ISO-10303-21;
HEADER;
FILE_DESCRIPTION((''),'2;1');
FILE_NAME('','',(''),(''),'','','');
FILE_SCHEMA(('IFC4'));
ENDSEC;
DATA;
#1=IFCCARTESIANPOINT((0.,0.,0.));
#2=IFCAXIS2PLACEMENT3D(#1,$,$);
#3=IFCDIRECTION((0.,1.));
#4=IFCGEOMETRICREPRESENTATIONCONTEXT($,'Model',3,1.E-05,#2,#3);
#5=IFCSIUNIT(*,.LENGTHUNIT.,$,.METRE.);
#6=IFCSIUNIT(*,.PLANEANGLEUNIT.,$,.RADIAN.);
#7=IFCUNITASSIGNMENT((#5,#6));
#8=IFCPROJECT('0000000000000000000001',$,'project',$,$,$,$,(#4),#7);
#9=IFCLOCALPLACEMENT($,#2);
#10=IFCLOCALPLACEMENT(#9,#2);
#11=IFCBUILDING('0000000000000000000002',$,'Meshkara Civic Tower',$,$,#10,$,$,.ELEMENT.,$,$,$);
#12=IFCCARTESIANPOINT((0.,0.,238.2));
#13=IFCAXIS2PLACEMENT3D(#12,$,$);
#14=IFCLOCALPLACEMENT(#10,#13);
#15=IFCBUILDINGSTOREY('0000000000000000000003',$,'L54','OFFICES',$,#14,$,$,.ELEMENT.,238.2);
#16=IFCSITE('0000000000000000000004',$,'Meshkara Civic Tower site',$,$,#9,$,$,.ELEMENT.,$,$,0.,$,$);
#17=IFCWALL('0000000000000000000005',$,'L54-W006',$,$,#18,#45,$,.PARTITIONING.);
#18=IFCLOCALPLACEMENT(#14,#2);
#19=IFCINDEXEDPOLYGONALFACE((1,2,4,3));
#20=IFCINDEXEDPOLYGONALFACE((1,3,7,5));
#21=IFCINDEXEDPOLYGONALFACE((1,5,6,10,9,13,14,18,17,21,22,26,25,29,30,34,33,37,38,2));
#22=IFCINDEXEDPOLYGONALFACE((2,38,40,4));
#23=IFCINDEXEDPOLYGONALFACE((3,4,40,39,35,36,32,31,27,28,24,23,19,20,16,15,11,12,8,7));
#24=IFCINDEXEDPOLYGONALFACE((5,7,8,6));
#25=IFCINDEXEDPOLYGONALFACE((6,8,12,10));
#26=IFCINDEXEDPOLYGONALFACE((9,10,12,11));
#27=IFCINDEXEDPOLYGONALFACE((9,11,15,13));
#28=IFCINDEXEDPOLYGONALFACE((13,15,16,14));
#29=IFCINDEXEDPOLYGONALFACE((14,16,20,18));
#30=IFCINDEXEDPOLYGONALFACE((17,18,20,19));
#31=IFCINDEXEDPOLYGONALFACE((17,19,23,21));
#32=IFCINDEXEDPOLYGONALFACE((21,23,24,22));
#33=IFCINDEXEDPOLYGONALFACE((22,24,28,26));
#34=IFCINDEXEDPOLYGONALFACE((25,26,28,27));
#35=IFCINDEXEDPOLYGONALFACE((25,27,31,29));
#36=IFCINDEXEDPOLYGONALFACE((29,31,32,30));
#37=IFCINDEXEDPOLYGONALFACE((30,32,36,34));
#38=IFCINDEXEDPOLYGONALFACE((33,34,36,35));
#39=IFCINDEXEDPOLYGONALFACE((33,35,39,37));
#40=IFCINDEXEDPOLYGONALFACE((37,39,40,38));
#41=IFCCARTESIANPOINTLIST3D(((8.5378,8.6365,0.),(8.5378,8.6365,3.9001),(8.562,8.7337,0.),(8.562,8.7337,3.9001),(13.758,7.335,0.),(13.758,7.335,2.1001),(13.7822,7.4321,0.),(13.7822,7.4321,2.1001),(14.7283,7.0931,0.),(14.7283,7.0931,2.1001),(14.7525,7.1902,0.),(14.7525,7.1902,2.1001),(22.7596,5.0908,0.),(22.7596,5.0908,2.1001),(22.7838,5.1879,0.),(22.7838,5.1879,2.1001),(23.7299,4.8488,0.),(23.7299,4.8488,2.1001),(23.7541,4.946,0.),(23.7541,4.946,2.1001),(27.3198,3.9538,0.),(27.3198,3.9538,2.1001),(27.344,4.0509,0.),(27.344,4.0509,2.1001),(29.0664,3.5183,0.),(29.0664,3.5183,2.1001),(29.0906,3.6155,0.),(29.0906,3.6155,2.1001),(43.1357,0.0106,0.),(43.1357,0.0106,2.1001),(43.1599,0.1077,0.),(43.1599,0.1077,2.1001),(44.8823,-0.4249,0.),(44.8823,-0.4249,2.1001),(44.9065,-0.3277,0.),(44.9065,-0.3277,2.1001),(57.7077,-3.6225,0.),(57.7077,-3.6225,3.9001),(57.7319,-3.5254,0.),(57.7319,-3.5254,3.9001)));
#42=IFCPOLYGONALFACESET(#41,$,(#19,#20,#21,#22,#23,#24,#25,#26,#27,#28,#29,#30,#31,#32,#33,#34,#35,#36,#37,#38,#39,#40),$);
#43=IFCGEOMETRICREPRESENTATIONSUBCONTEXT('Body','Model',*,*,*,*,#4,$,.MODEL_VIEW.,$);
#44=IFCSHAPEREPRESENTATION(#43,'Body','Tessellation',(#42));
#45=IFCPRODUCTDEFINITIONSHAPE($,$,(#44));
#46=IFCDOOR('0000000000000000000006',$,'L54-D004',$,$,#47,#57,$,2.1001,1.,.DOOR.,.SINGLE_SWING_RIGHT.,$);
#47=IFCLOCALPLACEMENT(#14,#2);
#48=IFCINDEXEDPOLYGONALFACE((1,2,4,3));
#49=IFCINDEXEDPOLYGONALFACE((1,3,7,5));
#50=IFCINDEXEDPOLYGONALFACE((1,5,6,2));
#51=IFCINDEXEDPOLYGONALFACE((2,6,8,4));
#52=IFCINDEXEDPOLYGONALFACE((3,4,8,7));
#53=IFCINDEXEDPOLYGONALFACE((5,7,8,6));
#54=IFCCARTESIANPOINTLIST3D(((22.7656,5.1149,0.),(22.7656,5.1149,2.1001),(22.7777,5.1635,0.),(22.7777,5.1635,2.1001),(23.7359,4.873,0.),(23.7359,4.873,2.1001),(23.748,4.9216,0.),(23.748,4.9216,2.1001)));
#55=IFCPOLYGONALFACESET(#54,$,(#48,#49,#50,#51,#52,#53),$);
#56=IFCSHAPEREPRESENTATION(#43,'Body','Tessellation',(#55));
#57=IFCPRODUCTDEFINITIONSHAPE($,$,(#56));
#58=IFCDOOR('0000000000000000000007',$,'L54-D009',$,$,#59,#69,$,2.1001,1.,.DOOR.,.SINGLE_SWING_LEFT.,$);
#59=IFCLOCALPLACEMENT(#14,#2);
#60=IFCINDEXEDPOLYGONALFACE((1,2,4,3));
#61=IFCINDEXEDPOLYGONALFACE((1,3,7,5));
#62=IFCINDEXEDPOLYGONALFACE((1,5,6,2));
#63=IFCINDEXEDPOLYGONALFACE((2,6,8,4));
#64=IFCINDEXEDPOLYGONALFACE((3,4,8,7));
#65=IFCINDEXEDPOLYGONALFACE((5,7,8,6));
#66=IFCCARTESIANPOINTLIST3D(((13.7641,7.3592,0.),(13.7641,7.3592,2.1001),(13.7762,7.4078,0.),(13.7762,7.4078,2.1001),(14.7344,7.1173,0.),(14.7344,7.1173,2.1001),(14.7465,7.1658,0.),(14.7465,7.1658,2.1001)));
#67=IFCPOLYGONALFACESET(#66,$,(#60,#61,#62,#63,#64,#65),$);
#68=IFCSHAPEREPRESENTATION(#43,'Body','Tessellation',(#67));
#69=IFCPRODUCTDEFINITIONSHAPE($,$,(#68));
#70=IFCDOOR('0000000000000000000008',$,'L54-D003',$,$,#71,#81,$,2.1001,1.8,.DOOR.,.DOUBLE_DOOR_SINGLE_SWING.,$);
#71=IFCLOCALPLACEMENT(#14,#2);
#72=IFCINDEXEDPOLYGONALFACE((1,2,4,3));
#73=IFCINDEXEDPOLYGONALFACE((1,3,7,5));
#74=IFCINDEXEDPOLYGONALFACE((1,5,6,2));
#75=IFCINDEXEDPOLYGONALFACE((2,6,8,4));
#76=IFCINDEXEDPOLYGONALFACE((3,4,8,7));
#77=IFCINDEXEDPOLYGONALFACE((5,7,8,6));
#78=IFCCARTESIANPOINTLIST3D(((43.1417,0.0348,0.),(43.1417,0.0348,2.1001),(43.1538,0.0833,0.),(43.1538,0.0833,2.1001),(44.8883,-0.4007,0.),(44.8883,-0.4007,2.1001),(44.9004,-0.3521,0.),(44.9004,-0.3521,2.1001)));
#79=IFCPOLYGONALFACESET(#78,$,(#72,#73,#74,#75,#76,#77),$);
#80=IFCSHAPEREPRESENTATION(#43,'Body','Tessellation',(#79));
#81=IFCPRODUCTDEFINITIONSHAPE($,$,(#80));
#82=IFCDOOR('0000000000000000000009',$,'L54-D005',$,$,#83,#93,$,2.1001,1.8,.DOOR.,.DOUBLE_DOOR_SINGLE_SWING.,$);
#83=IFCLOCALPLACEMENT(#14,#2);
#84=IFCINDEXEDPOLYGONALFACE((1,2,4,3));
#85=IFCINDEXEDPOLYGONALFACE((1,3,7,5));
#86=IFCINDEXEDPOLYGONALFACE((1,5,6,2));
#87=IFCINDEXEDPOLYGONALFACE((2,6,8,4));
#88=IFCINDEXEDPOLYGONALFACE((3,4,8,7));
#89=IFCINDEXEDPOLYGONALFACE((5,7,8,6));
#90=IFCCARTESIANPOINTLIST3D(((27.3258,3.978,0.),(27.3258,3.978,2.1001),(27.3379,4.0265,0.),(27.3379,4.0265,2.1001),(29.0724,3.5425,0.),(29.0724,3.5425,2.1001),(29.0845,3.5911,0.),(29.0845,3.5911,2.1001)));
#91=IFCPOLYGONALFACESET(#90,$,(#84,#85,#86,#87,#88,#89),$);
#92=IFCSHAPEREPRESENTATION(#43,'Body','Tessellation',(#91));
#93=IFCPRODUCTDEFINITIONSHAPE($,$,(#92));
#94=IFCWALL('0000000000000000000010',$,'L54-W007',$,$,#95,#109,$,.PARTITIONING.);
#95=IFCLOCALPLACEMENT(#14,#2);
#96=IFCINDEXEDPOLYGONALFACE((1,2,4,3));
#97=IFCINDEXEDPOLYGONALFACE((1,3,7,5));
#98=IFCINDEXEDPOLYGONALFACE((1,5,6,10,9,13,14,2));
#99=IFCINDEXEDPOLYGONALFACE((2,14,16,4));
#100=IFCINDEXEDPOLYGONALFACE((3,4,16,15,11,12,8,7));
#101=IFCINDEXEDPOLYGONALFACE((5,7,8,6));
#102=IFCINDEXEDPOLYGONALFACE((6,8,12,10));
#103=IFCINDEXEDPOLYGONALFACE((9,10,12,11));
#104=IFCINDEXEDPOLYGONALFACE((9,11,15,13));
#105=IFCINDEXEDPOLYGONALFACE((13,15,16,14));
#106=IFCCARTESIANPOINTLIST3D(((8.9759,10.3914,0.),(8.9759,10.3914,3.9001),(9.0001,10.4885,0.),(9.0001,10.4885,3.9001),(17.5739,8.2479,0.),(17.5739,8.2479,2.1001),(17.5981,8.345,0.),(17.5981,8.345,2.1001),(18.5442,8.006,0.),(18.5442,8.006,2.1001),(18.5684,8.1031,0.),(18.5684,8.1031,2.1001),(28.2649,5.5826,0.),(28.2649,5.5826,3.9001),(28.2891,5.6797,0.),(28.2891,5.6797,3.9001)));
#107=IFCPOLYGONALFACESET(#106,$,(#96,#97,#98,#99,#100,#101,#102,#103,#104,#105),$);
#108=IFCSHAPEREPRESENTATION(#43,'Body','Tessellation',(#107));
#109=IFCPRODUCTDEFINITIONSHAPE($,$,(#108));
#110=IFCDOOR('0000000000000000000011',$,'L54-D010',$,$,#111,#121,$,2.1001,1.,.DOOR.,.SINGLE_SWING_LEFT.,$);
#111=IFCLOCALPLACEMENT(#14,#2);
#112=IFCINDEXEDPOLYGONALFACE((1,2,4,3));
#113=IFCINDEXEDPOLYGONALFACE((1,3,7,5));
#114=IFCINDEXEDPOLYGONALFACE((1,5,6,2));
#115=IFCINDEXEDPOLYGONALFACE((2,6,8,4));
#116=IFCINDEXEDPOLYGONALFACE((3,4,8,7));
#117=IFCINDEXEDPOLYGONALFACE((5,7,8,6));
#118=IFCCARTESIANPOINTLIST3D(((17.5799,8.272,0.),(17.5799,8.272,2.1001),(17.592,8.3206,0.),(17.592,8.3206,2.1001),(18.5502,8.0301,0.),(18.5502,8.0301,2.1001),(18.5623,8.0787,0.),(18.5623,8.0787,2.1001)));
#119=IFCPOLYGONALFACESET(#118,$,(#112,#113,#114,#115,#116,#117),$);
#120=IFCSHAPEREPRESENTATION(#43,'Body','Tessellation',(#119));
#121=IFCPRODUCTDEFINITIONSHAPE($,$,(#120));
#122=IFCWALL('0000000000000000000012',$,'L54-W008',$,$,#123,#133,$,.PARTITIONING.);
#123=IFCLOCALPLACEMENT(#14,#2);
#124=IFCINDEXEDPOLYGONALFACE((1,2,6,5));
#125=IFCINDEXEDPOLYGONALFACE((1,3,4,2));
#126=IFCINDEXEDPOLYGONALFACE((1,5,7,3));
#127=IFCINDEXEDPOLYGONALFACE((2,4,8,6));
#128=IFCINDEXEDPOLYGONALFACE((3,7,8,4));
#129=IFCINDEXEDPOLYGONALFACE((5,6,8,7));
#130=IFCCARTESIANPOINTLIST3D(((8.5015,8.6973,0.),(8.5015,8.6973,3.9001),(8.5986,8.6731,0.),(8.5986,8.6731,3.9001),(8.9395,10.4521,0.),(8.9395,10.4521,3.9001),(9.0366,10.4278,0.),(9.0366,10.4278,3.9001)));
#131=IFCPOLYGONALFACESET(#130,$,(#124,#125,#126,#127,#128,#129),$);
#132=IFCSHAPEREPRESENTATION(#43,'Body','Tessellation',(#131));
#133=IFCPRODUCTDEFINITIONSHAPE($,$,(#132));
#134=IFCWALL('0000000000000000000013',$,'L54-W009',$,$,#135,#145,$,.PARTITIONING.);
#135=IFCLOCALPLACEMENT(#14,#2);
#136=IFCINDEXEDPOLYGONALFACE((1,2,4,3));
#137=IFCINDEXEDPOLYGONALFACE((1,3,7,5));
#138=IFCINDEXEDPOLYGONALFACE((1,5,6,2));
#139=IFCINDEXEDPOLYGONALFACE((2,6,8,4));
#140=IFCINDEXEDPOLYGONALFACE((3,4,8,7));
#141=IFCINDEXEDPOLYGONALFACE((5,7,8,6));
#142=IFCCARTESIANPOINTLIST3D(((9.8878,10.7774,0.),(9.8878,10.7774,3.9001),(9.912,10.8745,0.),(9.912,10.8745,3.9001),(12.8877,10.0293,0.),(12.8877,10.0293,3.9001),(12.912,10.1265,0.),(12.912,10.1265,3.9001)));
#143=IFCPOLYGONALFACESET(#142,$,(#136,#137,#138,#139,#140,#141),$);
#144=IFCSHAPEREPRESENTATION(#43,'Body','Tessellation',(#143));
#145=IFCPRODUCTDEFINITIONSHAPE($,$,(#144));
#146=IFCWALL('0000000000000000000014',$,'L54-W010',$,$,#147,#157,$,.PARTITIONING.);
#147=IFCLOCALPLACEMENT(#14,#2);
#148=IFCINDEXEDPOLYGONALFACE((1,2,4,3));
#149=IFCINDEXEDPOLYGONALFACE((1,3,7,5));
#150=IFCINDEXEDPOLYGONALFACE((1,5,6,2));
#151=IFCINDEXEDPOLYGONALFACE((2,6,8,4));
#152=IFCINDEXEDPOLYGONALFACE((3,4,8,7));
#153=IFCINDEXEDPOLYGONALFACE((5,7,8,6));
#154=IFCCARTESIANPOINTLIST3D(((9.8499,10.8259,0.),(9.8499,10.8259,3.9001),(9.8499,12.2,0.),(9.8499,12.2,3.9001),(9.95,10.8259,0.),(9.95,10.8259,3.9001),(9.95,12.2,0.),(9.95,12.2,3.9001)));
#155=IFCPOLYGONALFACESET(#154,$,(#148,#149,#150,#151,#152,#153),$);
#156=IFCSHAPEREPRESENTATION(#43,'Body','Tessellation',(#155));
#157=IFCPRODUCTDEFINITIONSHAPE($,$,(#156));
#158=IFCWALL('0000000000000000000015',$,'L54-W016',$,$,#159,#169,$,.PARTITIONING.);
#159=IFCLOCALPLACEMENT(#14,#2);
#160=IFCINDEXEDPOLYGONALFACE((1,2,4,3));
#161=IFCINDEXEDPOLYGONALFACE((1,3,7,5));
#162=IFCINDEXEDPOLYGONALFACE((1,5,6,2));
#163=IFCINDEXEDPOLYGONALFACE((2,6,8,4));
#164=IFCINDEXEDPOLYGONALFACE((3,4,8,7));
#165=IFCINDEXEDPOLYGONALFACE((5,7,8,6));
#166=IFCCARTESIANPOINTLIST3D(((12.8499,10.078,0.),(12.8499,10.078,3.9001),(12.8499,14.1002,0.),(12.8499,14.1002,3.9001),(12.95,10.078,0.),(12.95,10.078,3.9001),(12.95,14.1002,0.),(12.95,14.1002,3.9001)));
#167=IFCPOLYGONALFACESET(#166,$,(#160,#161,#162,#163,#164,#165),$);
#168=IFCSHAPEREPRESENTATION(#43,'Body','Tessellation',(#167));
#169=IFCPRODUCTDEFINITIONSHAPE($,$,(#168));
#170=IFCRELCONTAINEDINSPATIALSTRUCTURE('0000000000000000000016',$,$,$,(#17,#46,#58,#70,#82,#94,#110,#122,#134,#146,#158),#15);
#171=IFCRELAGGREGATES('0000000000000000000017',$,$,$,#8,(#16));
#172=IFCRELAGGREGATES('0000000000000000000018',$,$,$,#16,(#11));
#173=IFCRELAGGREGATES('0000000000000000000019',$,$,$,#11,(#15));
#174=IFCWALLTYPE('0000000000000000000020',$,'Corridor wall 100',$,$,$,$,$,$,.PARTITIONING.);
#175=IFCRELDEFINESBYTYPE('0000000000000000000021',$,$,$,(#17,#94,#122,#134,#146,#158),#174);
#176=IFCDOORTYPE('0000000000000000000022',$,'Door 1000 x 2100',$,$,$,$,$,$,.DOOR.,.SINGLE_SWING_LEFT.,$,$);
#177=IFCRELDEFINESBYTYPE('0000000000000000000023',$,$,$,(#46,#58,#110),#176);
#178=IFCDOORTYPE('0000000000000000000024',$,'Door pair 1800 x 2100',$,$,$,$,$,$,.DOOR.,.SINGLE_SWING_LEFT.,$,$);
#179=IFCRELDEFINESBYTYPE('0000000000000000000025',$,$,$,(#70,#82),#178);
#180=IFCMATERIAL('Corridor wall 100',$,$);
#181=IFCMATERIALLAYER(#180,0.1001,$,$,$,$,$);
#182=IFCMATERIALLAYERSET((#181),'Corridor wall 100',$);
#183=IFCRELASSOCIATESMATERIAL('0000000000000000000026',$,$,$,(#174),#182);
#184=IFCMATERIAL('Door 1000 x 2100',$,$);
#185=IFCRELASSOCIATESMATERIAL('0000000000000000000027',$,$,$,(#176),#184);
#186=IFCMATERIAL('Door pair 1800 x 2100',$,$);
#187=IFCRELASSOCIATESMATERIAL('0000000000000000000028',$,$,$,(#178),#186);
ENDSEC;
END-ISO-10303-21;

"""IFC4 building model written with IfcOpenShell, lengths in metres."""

from ifc_helpers import new_model, si_unit, direction, frame, frame_2d, origin, place, context, subcontext, project, spatial, rectangle, extrude, material, layer, layer_set, type_object, element, fill, save


model = new_model("IFC4")

# Units and contexts
model_context = context("Model", 3, precision=1e-05, world=origin(), true_north=direction((0.0, 1.0)))
body_context = subcontext(model_context, "Body", "Model", "MODEL_VIEW")
ifc_project = project(units=[si_unit("LENGTHUNIT", "METRE"), si_unit("PLANEANGLEUNIT", "RADIAN")], contexts=[model_context])

# Site, building, storey
site_placement = place(None, origin())
site = spatial("IfcSite", under=ifc_project, at=site_placement, Name="Meshkara Civic Tower site", CompositionType="ELEMENT", RefElevation=0.0)
building_placement = place(site_placement, origin())
building = spatial("IfcBuilding", under=site, at=building_placement, Name="Meshkara Civic Tower", CompositionType="ELEMENT")
storey_placement = place(building_placement, frame((0.0, 0.0, 238.2)))
storey = spatial("IfcBuildingStorey", under=building, at=storey_placement, Name="L54", Description="OFFICES", CompositionType="ELEMENT", Elevation=238.2)

# Shared definitions
ifc_material_1 = material(Name="Corridor wall 100")
ifc_layer_1 = layer(ifc_material_1, 0.1001)
ifc_layer_set_1 = layer_set([ifc_layer_1], Name="Corridor wall 100")
wall_type_1 = type_object("IfcWallType", Name="Corridor wall 100", PredefinedType="PARTITIONING", material=ifc_layer_set_1)
ifc_material_2 = material(Name="Door 1000 x 2100")
door_type_1 = type_object("IfcDoorType", Name="Door 1000 x 2100", OperationType="SINGLE_SWING_LEFT", PredefinedType="DOOR", material=ifc_material_2)

# Wall, openings, doors
wall_1_placement = place(storey_placement, frame((8.55, 8.6851, 0.0), z_axis=(0.0, 0.0, 1.0), x_axis=(0.970298, -0.241914, 0.0)))
wall_1 = element("IfcWall", 1, at=wall_1_placement, inside=storey, type_object=wall_type_1, Name="L54-W006", PredefinedType="PARTITIONING", context=body_context, shape_type="SweptSolid", body=[
    extrude(rectangle(XDim=50.675, YDim=0.1001, at=frame_2d((25.3374, 0.0))), origin(), (0.0, 0.0, 1.0), 3.9001),
])
opening_1_placement = place(wall_1_placement, frame((35.657, 0.0, 0.0)))
opening_1 = element("IfcOpeningElement", 2, at=opening_1_placement, cuts=wall_1, PredefinedType="OPENING", context=body_context, shape_type="SweptSolid", body=[
    extrude(rectangle(XDim=1.8, YDim=2.1001, at=frame_2d((0.8999, 1.05))), frame((0.0, 0.0601, 0.0), z_axis=(0.0, -1.0, 0.0), x_axis=(1.0, 0.0, 0.0)), (0.0, 0.0, 1.0), 0.1201),
])
opening_2_placement = place(wall_1_placement, frame((14.657, 0.0, 0.0)))
opening_2 = element("IfcOpeningElement", 3, at=opening_2_placement, cuts=wall_1, PredefinedType="OPENING", context=body_context, shape_type="SweptSolid", body=[
    extrude(rectangle(XDim=1.0, YDim=2.1001, at=frame_2d((0.5, 1.05))), frame((0.0, 0.0601, 0.0), z_axis=(0.0, -1.0, 0.0), x_axis=(1.0, 0.0, 0.0)), (0.0, 0.0, 1.0), 0.1201),
])
opening_3_placement = place(wall_1_placement, frame((19.3569, 0.0, 0.0)))
opening_3 = element("IfcOpeningElement", 4, at=opening_3_placement, cuts=wall_1, PredefinedType="OPENING", context=body_context, shape_type="SweptSolid", body=[
    extrude(rectangle(XDim=1.8, YDim=2.1001, at=frame_2d((0.8999, 1.05))), frame((0.0, 0.0601, 0.0), z_axis=(0.0, -1.0, 0.0), x_axis=(1.0, 0.0, 0.0)), (0.0, 0.0, 1.0), 0.1201),
])
opening_4_placement = place(wall_1_placement, frame((5.3799, 0.0, 0.0)))
opening_4 = element("IfcOpeningElement", 5, at=opening_4_placement, cuts=wall_1, PredefinedType="OPENING", context=body_context, shape_type="SweptSolid", body=[
    extrude(rectangle(XDim=1.0, YDim=2.1001, at=frame_2d((0.5, 1.05))), frame((0.0, 0.0601, 0.0), z_axis=(0.0, -1.0, 0.0), x_axis=(1.0, 0.0, 0.0)), (0.0, 0.0, 1.0), 0.1201),
])
door_1_placement = place(opening_2_placement, origin())
door_1 = element("IfcDoor", 6, at=door_1_placement, inside=storey, type_object=door_type_1, Name="L54-D004", OperationType="SINGLE_SWING_RIGHT", OverallHeight=2.1001, OverallWidth=1.0, PredefinedType="DOOR", context=body_context, shape_type="SweptSolid", body=[
    extrude(rectangle(XDim=1.0, YDim=2.1001, at=frame_2d((0.5, 1.05))), frame((0.0, 0.0249, 0.0), z_axis=(0.0, -1.0, 0.0), x_axis=(1.0, 0.0, 0.0)), (0.0, 0.0, 1.0), 0.05),
])
fill(opening_2, door_1)
door_2_placement = place(opening_4_placement, origin())
door_2 = element("IfcDoor", 7, at=door_2_placement, inside=storey, type_object=door_type_1, Name="L54-D009", OperationType="SINGLE_SWING_LEFT", OverallHeight=2.1001, OverallWidth=1.0, PredefinedType="DOOR", context=body_context, shape_type="SweptSolid", body=[
    extrude(rectangle(XDim=1.0, YDim=2.1001, at=frame_2d((0.5, 1.05))), frame((0.0, 0.0249, 0.0), z_axis=(0.0, -1.0, 0.0), x_axis=(1.0, 0.0, 0.0)), (0.0, 0.0, 1.0), 0.05),
])
fill(opening_4, door_2)
ifc_material_3 = material(Name="Door pair 1800 x 2100")
door_type_2 = type_object("IfcDoorType", Name="Door pair 1800 x 2100", OperationType="SINGLE_SWING_LEFT", PredefinedType="DOOR", material=ifc_material_3)
door_3_placement = place(opening_1_placement, origin())
door_3 = element("IfcDoor", 8, at=door_3_placement, inside=storey, type_object=door_type_2, Name="L54-D003", OperationType="DOUBLE_DOOR_SINGLE_SWING", OverallHeight=2.1001, OverallWidth=1.8, PredefinedType="DOOR", context=body_context, shape_type="SweptSolid", body=[
    extrude(rectangle(XDim=1.8, YDim=2.1001, at=frame_2d((0.8999, 1.05))), frame((0.0, 0.0249, 0.0), z_axis=(0.0, -1.0, 0.0), x_axis=(1.0, 0.0, 0.0)), (0.0, 0.0, 1.0), 0.05),
])
fill(opening_1, door_3)
door_4_placement = place(opening_3_placement, origin())
door_4 = element("IfcDoor", 9, at=door_4_placement, inside=storey, type_object=door_type_2, Name="L54-D005", OperationType="DOUBLE_DOOR_SINGLE_SWING", OverallHeight=2.1001, OverallWidth=1.8, PredefinedType="DOOR", context=body_context, shape_type="SweptSolid", body=[
    extrude(rectangle(XDim=1.8, YDim=2.1001, at=frame_2d((0.8999, 1.05))), frame((0.0, 0.0249, 0.0), z_axis=(0.0, -1.0, 0.0), x_axis=(1.0, 0.0, 0.0)), (0.0, 0.0, 1.0), 0.05),
])
fill(opening_3, door_4)

# Wall, opening, door
wall_2_placement = place(storey_placement, frame((8.988, 10.4399, 0.0), z_axis=(0.0, 0.0, 1.0), x_axis=(0.970301, -0.2419, 0.0)))
wall_2 = element("IfcWall", 10, at=wall_2_placement, inside=storey, type_object=wall_type_1, Name="L54-W007", PredefinedType="PARTITIONING", context=body_context, shape_type="SweptSolid", body=[
    extrude(rectangle(XDim=19.8794, YDim=0.1001, at=frame_2d((9.9397, 0.0))), origin(), (0.0, 0.0, 1.0), 3.9001),
])
opening_5_placement = place(wall_2_placement, frame((8.8611, 0.0, 0.0)))
opening_5 = element("IfcOpeningElement", 11, at=opening_5_placement, cuts=wall_2, PredefinedType="OPENING", context=body_context, shape_type="SweptSolid", body=[
    extrude(rectangle(XDim=1.0, YDim=2.1001, at=frame_2d((0.5, 1.05))), frame((0.0, 0.0601, 0.0), z_axis=(0.0, -1.0, 0.0), x_axis=(1.0, 0.0, 0.0)), (0.0, 0.0, 1.0), 0.1201),
])
door_5_placement = place(opening_5_placement, origin())
door_5 = element("IfcDoor", 12, at=door_5_placement, inside=storey, type_object=door_type_1, Name="L54-D010", OperationType="SINGLE_SWING_LEFT", OverallHeight=2.1001, OverallWidth=1.0, PredefinedType="DOOR", context=body_context, shape_type="SweptSolid", body=[
    extrude(rectangle(XDim=1.0, YDim=2.1001, at=frame_2d((0.5, 1.05))), frame((0.0, 0.0249, 0.0), z_axis=(0.0, -1.0, 0.0), x_axis=(1.0, 0.0, 0.0)), (0.0, 0.0, 1.0), 0.05),
])
fill(opening_5, door_5)

# Walls
wall_3_placement = place(storey_placement, frame((8.988, 10.4399, 0.0), z_axis=(0.0, 0.0, 1.0), x_axis=(-0.242154, -0.970238, 0.0)))
element("IfcWall", 13, at=wall_3_placement, inside=storey, type_object=wall_type_1, Name="L54-W008", PredefinedType="PARTITIONING", context=body_context, shape_type="SweptSolid", body=[
    extrude(rectangle(XDim=1.8086, YDim=0.1001, at=frame_2d((0.9043, 0.0))), origin(), (0.0, 0.0, 1.0), 3.9001),
])
wall_4_placement = place(storey_placement, frame((9.8999, 10.8259, 0.0), z_axis=(0.0, 0.0, 1.0), x_axis=(0.970291, -0.241941, 0.0)))
element("IfcWall", 14, at=wall_4_placement, inside=storey, type_object=wall_type_1, Name="L54-W009", PredefinedType="PARTITIONING", context=body_context, shape_type="SweptSolid", body=[
    extrude(rectangle(XDim=3.0918, YDim=0.1001, at=frame_2d((1.5459, 0.0))), origin(), (0.0, 0.0, 1.0), 3.9001),
])
wall_5_placement = place(storey_placement, frame((9.8999, 12.2, 0.0), z_axis=(0.0, 0.0, 1.0), x_axis=(0.0, -1.0, 0.0)))
element("IfcWall", 15, at=wall_5_placement, inside=storey, type_object=wall_type_1, Name="L54-W010", PredefinedType="PARTITIONING", context=body_context, shape_type="SweptSolid", body=[
    extrude(rectangle(XDim=1.374, YDim=0.1001, at=frame_2d((0.687, 0.0))), origin(), (0.0, 0.0, 1.0), 3.9001),
])
wall_6_placement = place(storey_placement, frame((12.8999, 10.0779, 0.0), z_axis=(0.0, 0.0, 1.0), x_axis=(0.0, 1.0, 0.0)))
element("IfcWall", 16, at=wall_6_placement, inside=storey, type_object=wall_type_1, Name="L54-W016", PredefinedType="PARTITIONING", context=body_context, shape_type="SweptSolid", body=[
    extrude(rectangle(XDim=4.0222, YDim=0.1001, at=frame_2d((2.0112, 0.0))), origin(), (0.0, 0.0, 1.0), 3.9001),
])

save(model, "model.ifc")
